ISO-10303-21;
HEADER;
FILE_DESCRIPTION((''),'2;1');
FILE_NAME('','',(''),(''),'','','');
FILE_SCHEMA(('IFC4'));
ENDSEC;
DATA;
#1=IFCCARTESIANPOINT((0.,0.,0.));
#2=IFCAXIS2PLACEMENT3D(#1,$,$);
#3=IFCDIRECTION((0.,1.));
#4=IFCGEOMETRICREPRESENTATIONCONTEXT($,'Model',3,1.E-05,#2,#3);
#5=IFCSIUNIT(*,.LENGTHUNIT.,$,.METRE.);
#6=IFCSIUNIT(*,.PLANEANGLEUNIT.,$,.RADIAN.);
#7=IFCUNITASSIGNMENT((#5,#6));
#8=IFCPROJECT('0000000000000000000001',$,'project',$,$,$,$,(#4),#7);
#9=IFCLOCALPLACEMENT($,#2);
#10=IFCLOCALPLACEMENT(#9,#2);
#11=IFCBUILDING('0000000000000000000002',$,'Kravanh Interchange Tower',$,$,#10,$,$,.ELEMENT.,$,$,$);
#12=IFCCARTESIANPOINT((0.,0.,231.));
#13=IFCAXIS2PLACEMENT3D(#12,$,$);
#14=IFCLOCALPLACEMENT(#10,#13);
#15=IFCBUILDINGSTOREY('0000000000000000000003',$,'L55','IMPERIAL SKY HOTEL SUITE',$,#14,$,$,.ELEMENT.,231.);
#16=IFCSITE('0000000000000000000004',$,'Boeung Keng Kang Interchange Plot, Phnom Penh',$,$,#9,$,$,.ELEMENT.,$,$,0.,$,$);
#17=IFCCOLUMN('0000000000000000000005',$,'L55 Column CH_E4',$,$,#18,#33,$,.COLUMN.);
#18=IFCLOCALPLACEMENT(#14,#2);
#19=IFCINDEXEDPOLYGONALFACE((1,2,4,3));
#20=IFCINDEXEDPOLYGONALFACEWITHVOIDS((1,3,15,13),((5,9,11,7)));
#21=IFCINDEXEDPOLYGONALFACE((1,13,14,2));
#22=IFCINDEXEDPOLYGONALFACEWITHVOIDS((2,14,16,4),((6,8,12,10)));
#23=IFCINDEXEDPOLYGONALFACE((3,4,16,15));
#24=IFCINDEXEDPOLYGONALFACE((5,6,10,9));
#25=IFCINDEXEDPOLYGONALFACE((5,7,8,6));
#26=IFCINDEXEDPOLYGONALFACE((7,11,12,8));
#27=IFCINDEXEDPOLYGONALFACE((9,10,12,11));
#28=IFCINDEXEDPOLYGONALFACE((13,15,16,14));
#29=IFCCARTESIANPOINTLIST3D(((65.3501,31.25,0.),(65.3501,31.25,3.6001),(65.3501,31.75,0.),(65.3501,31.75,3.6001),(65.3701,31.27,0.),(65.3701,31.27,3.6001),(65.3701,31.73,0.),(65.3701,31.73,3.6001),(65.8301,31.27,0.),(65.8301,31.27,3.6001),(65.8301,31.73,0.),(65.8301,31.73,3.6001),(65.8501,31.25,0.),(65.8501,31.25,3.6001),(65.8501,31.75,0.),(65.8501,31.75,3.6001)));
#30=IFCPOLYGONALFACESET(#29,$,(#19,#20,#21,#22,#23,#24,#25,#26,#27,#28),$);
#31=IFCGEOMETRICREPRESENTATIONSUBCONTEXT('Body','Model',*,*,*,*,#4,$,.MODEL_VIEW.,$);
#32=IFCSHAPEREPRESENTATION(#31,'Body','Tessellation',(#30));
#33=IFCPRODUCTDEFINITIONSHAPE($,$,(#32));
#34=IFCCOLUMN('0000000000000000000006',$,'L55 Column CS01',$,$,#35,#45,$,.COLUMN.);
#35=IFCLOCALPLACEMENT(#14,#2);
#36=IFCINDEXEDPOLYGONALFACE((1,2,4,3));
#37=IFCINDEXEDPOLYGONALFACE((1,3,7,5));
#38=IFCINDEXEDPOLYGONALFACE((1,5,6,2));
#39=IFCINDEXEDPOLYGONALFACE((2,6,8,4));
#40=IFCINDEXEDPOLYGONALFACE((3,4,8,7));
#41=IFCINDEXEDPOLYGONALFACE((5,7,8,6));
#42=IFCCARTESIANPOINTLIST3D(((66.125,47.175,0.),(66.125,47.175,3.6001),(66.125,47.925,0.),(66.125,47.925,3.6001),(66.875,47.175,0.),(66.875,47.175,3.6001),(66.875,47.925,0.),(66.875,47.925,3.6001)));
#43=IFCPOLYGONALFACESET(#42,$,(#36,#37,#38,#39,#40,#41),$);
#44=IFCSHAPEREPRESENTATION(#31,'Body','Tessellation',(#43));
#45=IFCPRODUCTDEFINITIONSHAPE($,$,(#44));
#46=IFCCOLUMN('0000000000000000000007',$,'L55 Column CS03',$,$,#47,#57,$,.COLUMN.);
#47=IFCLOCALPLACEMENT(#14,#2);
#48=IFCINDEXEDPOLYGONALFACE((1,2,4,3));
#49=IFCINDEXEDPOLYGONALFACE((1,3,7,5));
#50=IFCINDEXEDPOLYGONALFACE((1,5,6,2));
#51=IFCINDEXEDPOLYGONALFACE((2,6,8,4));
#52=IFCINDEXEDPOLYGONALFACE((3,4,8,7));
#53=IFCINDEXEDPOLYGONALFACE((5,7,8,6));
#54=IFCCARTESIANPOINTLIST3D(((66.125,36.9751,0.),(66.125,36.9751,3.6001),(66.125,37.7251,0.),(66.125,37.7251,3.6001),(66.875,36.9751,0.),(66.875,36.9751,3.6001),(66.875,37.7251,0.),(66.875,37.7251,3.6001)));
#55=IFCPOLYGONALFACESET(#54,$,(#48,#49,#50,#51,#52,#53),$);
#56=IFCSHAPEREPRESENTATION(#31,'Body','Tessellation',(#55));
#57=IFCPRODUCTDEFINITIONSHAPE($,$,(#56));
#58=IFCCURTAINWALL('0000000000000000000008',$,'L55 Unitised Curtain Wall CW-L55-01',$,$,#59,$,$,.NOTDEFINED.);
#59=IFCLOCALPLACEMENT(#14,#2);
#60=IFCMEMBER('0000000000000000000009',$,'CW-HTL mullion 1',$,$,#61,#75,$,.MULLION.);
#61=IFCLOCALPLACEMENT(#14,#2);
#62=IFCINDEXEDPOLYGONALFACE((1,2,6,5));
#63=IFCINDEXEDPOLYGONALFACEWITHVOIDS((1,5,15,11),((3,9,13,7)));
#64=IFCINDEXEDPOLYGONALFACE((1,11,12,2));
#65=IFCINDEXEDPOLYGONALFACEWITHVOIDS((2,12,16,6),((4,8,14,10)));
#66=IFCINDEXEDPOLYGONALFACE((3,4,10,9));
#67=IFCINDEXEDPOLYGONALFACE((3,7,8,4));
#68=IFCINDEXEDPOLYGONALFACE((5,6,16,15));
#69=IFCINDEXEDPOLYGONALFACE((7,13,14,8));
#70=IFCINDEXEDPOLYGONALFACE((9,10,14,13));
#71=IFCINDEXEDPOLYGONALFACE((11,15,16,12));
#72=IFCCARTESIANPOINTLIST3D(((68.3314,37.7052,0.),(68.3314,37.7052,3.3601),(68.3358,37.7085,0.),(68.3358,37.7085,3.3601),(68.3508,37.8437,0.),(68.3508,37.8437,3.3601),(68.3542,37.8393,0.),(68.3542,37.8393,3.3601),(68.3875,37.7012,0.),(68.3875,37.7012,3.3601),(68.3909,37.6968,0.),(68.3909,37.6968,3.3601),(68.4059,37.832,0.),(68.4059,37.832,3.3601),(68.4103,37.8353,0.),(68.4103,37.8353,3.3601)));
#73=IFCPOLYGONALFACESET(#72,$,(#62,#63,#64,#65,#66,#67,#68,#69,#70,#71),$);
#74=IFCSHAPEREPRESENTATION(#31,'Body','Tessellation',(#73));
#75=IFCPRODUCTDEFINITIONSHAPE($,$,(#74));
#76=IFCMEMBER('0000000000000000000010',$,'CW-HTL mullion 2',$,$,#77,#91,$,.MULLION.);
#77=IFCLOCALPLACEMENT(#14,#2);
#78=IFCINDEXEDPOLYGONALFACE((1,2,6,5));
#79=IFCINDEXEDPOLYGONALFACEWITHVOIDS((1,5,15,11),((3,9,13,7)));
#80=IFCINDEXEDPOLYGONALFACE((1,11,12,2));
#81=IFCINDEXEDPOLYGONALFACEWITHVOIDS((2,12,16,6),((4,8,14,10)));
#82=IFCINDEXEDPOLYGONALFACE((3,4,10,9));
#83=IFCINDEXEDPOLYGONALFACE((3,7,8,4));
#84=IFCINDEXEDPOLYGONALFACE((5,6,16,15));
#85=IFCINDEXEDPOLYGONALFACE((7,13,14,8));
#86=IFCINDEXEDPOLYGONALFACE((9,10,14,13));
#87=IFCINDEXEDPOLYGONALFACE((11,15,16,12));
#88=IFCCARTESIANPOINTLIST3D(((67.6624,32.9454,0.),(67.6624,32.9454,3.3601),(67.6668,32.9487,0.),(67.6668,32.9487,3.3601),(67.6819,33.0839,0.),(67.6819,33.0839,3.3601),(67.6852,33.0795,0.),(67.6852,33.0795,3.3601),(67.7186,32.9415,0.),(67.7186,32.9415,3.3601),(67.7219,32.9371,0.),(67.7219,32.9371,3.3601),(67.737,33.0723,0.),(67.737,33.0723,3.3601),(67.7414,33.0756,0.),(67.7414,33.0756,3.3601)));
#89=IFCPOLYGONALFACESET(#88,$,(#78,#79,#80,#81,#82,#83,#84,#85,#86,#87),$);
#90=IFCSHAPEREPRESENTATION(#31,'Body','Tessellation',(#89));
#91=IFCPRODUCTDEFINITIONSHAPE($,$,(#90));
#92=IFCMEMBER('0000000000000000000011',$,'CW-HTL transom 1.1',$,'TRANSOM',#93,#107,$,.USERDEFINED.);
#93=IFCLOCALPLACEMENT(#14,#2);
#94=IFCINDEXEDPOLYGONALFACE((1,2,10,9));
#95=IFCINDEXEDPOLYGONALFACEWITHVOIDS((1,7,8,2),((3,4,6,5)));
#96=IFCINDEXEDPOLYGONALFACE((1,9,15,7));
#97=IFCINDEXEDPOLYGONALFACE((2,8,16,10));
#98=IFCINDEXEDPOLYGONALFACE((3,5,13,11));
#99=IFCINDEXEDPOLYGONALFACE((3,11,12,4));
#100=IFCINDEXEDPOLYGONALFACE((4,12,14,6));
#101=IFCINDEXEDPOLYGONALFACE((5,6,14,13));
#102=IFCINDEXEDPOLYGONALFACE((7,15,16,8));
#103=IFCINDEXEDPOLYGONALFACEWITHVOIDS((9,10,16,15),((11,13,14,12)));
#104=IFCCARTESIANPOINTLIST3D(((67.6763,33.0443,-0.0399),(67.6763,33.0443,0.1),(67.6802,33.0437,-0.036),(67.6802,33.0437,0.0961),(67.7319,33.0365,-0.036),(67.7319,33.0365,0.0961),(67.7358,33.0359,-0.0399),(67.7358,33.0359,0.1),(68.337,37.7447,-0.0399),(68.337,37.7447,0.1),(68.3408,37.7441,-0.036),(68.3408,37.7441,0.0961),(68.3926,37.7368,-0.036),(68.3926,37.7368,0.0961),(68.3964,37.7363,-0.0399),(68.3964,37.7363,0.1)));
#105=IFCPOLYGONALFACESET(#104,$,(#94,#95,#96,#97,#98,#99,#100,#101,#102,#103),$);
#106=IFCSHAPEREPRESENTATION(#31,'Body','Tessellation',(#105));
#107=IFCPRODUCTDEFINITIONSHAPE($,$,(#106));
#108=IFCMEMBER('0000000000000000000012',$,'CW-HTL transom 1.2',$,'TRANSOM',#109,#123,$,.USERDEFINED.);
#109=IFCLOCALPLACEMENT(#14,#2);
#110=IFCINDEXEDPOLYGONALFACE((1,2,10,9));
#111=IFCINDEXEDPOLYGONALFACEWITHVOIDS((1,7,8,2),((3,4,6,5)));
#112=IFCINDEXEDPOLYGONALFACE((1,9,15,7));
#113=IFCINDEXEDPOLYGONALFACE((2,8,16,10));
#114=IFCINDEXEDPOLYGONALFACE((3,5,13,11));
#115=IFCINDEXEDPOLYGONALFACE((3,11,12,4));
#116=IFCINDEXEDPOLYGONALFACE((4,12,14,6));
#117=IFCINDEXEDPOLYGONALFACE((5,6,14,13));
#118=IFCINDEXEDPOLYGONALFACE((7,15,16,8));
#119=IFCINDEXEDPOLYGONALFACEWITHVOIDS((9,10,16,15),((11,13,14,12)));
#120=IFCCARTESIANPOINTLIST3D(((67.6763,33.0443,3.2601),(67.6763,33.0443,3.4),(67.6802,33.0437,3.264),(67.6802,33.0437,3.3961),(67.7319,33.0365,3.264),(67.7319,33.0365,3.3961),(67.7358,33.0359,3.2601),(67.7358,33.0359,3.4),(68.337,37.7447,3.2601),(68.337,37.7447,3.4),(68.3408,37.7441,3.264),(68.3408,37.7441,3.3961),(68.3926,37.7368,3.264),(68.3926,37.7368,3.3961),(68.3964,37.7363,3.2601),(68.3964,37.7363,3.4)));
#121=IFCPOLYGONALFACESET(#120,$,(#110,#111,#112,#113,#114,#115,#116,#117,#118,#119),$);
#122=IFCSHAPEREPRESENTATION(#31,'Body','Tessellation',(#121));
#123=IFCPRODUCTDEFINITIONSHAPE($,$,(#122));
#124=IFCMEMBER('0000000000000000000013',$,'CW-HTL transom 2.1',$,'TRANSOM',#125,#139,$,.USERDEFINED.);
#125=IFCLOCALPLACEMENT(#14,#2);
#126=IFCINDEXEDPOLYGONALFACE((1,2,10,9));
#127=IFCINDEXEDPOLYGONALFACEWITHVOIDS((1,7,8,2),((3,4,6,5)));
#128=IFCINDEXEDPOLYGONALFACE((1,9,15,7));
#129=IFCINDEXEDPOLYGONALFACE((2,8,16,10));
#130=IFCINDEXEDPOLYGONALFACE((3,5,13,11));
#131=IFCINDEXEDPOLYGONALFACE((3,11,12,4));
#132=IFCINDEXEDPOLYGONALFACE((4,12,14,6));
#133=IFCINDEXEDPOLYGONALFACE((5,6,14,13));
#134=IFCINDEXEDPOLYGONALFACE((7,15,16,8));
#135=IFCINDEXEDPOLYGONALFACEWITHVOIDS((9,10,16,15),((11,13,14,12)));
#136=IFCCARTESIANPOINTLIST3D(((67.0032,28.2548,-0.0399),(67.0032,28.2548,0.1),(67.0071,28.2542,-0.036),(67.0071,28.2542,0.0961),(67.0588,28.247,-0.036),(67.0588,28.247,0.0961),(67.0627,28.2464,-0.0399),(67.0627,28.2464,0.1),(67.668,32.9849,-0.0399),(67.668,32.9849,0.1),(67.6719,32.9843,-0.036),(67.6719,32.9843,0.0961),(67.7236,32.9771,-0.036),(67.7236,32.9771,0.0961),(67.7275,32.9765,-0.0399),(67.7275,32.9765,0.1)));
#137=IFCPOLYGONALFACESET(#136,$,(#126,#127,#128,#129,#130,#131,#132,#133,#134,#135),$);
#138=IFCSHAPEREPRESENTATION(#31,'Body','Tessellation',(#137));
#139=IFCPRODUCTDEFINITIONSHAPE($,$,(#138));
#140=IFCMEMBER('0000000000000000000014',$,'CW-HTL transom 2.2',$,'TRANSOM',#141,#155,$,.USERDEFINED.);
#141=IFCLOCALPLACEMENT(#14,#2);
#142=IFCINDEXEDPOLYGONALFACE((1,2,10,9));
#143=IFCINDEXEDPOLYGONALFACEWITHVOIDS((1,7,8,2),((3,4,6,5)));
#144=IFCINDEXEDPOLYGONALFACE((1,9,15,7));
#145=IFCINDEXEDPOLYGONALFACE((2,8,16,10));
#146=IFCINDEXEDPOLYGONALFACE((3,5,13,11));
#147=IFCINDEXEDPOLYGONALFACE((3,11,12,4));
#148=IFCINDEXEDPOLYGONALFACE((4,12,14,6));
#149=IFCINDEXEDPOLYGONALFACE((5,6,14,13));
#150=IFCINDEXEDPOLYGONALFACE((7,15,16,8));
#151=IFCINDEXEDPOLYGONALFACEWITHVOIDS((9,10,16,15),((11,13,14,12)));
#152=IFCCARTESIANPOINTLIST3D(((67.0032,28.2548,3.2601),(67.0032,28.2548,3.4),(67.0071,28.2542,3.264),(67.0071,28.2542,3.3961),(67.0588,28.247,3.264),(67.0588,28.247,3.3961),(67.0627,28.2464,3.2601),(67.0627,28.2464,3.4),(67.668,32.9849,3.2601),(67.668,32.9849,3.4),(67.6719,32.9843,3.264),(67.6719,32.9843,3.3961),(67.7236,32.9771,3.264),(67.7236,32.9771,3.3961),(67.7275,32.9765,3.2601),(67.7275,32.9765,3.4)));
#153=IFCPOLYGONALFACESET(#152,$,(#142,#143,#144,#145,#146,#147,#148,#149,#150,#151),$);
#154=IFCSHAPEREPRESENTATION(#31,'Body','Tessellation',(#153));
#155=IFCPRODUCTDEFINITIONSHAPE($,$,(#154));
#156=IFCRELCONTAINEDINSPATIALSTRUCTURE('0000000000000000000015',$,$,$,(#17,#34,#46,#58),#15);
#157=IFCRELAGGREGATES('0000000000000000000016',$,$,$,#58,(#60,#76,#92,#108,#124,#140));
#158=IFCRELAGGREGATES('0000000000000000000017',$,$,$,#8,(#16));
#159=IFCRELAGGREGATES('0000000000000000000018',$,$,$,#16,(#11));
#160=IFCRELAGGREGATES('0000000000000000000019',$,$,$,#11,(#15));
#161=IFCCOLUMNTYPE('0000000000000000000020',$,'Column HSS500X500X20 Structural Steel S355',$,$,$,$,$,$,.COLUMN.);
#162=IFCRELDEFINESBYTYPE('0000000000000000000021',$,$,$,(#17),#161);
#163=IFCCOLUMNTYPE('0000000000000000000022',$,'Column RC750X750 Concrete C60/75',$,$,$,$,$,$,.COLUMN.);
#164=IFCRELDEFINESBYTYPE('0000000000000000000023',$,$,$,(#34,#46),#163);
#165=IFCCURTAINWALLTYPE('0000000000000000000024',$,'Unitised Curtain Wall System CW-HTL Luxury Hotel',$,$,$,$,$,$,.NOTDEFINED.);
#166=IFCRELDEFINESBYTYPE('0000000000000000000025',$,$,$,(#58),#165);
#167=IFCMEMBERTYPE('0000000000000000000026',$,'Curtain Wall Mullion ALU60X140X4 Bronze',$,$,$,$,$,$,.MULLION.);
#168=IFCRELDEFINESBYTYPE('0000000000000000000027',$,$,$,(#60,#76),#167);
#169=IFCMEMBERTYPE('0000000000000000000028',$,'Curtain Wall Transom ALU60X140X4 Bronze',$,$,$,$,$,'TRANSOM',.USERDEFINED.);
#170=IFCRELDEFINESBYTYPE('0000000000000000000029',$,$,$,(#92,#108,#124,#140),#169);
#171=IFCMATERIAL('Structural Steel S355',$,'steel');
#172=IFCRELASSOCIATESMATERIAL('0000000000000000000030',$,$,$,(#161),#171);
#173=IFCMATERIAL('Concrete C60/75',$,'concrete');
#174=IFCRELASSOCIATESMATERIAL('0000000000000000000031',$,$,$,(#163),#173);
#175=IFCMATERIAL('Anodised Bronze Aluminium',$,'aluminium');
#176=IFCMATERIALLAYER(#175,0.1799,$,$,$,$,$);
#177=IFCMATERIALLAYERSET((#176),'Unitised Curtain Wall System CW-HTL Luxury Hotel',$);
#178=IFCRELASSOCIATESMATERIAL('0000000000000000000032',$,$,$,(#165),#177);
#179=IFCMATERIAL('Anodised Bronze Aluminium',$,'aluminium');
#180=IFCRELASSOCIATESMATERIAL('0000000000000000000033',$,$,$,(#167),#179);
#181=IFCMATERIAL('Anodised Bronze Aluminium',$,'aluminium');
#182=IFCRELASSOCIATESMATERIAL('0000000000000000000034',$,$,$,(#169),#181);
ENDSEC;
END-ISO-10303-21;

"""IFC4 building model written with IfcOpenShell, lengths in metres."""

from ifc_helpers import new_model, si_unit, direction, frame, origin, origin_2d, place, context, subcontext, project, spatial, rectangle, hollow_rectangle, extrude, material, layer, layer_set, material_profile, profile_set, type_object, element, aggregate, save


model = new_model("IFC4")

# Units and contexts
model_context = context("Model", 3, precision=1e-05, world=origin(), true_north=direction((0.0, 1.0)))
body_context = subcontext(model_context, "Body", "Model", "MODEL_VIEW")
ifc_project = project(units=[si_unit("LENGTHUNIT", "METRE"), si_unit("PLANEANGLEUNIT", "RADIAN")], contexts=[model_context])

# Site, building, storey
site_placement = place(None, origin())
site = spatial("IfcSite", under=ifc_project, at=site_placement, Name="Boeung Keng Kang Interchange Plot, Phnom Penh", CompositionType="ELEMENT", RefElevation=0.0)
building_placement = place(site_placement, origin())
building = spatial("IfcBuilding", under=site, at=building_placement, Name="Kravanh Interchange Tower", CompositionType="ELEMENT")
storey_placement = place(building_placement, frame((0.0, 0.0, 231.0)))
storey = spatial("IfcBuildingStorey", under=building, at=storey_placement, Name="L55", Description="IMPERIAL SKY HOTEL SUITE", CompositionType="ELEMENT", Elevation=231.0)

# Columns
ifc_material_1 = material(Name="Structural Steel S355", Category="steel")
ifc_material_profile_1 = material_profile(ifc_material_1, hollow_rectangle(XDim=0.5, YDim=0.5, WallThickness=0.02, at=origin_2d()), Name="HSS500X500X20")
ifc_profile_set_1 = profile_set([ifc_material_profile_1], Name="Structural Steel S355")
column_type_1 = type_object("IfcColumnType", Name="Column HSS500X500X20 Structural Steel S355", PredefinedType="COLUMN", material=ifc_profile_set_1)
column_placement = place(storey_placement, frame((65.6001, 31.5, 0.0), z_axis=(0.0, 0.0, 1.0), x_axis=(1.0, 0.0, 0.0)))
element("IfcColumn", 1, at=column_placement, inside=storey, type_object=column_type_1, Name="L55 Column CH_E4", PredefinedType="COLUMN", context=body_context, shape_type="SweptSolid", body=[
    extrude(hollow_rectangle(XDim=0.5, YDim=0.5, WallThickness=0.02, at=origin_2d()), origin(), (0.0, 0.0, 1.0), 3.6001),
])
ifc_material_2 = material(Name="Concrete C60/75", Category="concrete")
ifc_material_profile_2 = material_profile(ifc_material_2, rectangle(XDim=0.75, YDim=0.75, at=origin_2d()), Name="RC750X750")
ifc_profile_set_2 = profile_set([ifc_material_profile_2], Name="Concrete C60/75")
column_type_2 = type_object("IfcColumnType", Name="Column RC750X750 Concrete C60/75", PredefinedType="COLUMN", material=ifc_profile_set_2)
for number, where, z_axis, x_axis, name in (
    (2, (66.5, 47.55, 0.0), (0.0, 0.0, 1.0), (1.0, 0.0, 0.0), "L55 Column CS01"),
    (3, (66.5, 37.3501, 0.0), (0.0, 0.0, 1.0), (1.0, 0.0, 0.0), "L55 Column CS03"),
):
    element("IfcColumn", number, at=place(storey_placement, frame(where, z_axis=z_axis, x_axis=x_axis)), inside=storey, type_object=column_type_2, Name=name, PredefinedType="COLUMN", context=body_context, shape_type="SweptSolid", body=[
        extrude(rectangle(XDim=0.75, YDim=0.75, at=origin_2d()), origin(), (0.0, 0.0, 1.0), 3.6001),
    ])

# Curtain wall, members
ifc_material_3 = material(Name="Anodised Bronze Aluminium", Category="aluminium")
ifc_layer_1 = layer(ifc_material_3, 0.1799)
ifc_layer_set_1 = layer_set([ifc_layer_1], Name="Unitised Curtain Wall System CW-HTL Luxury Hotel")
curtain_wall_type = type_object("IfcCurtainWallType", Name="Unitised Curtain Wall System CW-HTL Luxury Hotel", PredefinedType="NOTDEFINED", material=ifc_layer_set_1)
curtain_wall_placement = place(storey_placement, origin())
curtain_wall = element("IfcCurtainWall", 4, at=curtain_wall_placement, inside=storey, type_object=curtain_wall_type, Name="L55 Unitised Curtain Wall CW-L55-01", PredefinedType="NOTDEFINED")
ifc_material_4 = material(Name="Anodised Bronze Aluminium", Category="aluminium")
ifc_material_profile_3 = material_profile(ifc_material_4, hollow_rectangle(XDim=0.0601, YDim=0.1399, WallThickness=0.0039, at=origin_2d()), Name="ALU60X140X4")
ifc_profile_set_3 = profile_set([ifc_material_profile_3], Name="Anodised Bronze Aluminium")
member_type_1 = type_object("IfcMemberType", Name="Curtain Wall Mullion ALU60X140X4 Bronze", PredefinedType="MULLION", material=ifc_profile_set_3)
member_1_placement = place(storey_placement, frame((68.3708, 37.7703, 0.0), z_axis=(0.0, 0.0, 1.0), x_axis=(0.990268, -0.139176, 0.0)))
member_1 = element("IfcMember", 5, at=member_1_placement, type_object=member_type_1, Name="CW-HTL mullion 1", PredefinedType="MULLION", context=body_context, shape_type="SweptSolid", body=[
    extrude(hollow_rectangle(XDim=0.0601, YDim=0.1399, WallThickness=0.0039, at=origin_2d()), origin(), (0.0, 0.0, 1.0), 3.3601),
])
member_2_placement = place(storey_placement, frame((67.7019, 33.0105, 0.0), z_axis=(0.0, 0.0, 1.0), x_axis=(0.990268, -0.139176, 0.0)))
member_2 = element("IfcMember", 6, at=member_2_placement, type_object=member_type_1, Name="CW-HTL mullion 2", PredefinedType="MULLION", context=body_context, shape_type="SweptSolid", body=[
    extrude(hollow_rectangle(XDim=0.0601, YDim=0.1399, WallThickness=0.0039, at=origin_2d()), origin(), (0.0, 0.0, 1.0), 3.3601),
])
ifc_material_5 = material(Name="Anodised Bronze Aluminium", Category="aluminium")
ifc_material_profile_4 = material_profile(ifc_material_5, hollow_rectangle(XDim=0.0601, YDim=0.1399, WallThickness=0.0039, at=origin_2d()), Name="ALU60X140X4")
ifc_profile_set_4 = profile_set([ifc_material_profile_4], Name="Anodised Bronze Aluminium")
member_type_2 = type_object("IfcMemberType", Name="Curtain Wall Transom ALU60X140X4 Bronze", ElementType="TRANSOM", PredefinedType="USERDEFINED", material=ifc_profile_set_4)
member_3_placement = place(storey_placement, frame((68.3667, 37.7405, 0.03), z_axis=(-0.139182, -0.990267, 0.0), x_axis=(0.990267, -0.139182, 0.0)))
member_3 = element("IfcMember", 7, at=member_3_placement, type_object=member_type_2, Name="CW-HTL transom 1.1", ObjectType="TRANSOM", PredefinedType="USERDEFINED", context=body_context, shape_type="SweptSolid", body=[
    extrude(hollow_rectangle(XDim=0.0601, YDim=0.1399, WallThickness=0.0039, at=origin_2d()), origin(), (0.0, 0.0, 1.0), 4.7466),
])
member_4_placement = place(storey_placement, frame((68.3667, 37.7405, 3.3301), z_axis=(-0.139182, -0.990267, 0.0), x_axis=(0.990267, -0.139182, 0.0)))
member_4 = element("IfcMember", 8, at=member_4_placement, type_object=member_type_2, Name="CW-HTL transom 1.2", ObjectType="TRANSOM", PredefinedType="USERDEFINED", context=body_context, shape_type="SweptSolid", body=[
    extrude(hollow_rectangle(XDim=0.0601, YDim=0.1399, WallThickness=0.0039, at=origin_2d()), origin(), (0.0, 0.0, 1.0), 4.7466),
])
member_5_placement = place(storey_placement, frame((67.6978, 32.9807, 0.03), z_axis=(-0.139174, -0.990268, 0.0), x_axis=(0.990268, -0.139174, 0.0)))
member_5 = element("IfcMember", 9, at=member_5_placement, type_object=member_type_2, Name="CW-HTL transom 2.1", ObjectType="TRANSOM", PredefinedType="USERDEFINED", context=body_context, shape_type="SweptSolid", body=[
    extrude(hollow_rectangle(XDim=0.0601, YDim=0.1399, WallThickness=0.0039, at=origin_2d()), origin(), (0.0, 0.0, 1.0), 4.7766),
])
member_6_placement = place(storey_placement, frame((67.6978, 32.9807, 3.3301), z_axis=(-0.139174, -0.990268, 0.0), x_axis=(0.990268, -0.139174, 0.0)))
member_6 = element("IfcMember", 10, at=member_6_placement, type_object=member_type_2, Name="CW-HTL transom 2.2", ObjectType="TRANSOM", PredefinedType="USERDEFINED", context=body_context, shape_type="SweptSolid", body=[
    extrude(hollow_rectangle(XDim=0.0601, YDim=0.1399, WallThickness=0.0039, at=origin_2d()), origin(), (0.0, 0.0, 1.0), 4.7766),
])

aggregate(curtain_wall, [member_1, member_2, member_3, member_4, member_5, member_6])

save(model, "model.ifc")
